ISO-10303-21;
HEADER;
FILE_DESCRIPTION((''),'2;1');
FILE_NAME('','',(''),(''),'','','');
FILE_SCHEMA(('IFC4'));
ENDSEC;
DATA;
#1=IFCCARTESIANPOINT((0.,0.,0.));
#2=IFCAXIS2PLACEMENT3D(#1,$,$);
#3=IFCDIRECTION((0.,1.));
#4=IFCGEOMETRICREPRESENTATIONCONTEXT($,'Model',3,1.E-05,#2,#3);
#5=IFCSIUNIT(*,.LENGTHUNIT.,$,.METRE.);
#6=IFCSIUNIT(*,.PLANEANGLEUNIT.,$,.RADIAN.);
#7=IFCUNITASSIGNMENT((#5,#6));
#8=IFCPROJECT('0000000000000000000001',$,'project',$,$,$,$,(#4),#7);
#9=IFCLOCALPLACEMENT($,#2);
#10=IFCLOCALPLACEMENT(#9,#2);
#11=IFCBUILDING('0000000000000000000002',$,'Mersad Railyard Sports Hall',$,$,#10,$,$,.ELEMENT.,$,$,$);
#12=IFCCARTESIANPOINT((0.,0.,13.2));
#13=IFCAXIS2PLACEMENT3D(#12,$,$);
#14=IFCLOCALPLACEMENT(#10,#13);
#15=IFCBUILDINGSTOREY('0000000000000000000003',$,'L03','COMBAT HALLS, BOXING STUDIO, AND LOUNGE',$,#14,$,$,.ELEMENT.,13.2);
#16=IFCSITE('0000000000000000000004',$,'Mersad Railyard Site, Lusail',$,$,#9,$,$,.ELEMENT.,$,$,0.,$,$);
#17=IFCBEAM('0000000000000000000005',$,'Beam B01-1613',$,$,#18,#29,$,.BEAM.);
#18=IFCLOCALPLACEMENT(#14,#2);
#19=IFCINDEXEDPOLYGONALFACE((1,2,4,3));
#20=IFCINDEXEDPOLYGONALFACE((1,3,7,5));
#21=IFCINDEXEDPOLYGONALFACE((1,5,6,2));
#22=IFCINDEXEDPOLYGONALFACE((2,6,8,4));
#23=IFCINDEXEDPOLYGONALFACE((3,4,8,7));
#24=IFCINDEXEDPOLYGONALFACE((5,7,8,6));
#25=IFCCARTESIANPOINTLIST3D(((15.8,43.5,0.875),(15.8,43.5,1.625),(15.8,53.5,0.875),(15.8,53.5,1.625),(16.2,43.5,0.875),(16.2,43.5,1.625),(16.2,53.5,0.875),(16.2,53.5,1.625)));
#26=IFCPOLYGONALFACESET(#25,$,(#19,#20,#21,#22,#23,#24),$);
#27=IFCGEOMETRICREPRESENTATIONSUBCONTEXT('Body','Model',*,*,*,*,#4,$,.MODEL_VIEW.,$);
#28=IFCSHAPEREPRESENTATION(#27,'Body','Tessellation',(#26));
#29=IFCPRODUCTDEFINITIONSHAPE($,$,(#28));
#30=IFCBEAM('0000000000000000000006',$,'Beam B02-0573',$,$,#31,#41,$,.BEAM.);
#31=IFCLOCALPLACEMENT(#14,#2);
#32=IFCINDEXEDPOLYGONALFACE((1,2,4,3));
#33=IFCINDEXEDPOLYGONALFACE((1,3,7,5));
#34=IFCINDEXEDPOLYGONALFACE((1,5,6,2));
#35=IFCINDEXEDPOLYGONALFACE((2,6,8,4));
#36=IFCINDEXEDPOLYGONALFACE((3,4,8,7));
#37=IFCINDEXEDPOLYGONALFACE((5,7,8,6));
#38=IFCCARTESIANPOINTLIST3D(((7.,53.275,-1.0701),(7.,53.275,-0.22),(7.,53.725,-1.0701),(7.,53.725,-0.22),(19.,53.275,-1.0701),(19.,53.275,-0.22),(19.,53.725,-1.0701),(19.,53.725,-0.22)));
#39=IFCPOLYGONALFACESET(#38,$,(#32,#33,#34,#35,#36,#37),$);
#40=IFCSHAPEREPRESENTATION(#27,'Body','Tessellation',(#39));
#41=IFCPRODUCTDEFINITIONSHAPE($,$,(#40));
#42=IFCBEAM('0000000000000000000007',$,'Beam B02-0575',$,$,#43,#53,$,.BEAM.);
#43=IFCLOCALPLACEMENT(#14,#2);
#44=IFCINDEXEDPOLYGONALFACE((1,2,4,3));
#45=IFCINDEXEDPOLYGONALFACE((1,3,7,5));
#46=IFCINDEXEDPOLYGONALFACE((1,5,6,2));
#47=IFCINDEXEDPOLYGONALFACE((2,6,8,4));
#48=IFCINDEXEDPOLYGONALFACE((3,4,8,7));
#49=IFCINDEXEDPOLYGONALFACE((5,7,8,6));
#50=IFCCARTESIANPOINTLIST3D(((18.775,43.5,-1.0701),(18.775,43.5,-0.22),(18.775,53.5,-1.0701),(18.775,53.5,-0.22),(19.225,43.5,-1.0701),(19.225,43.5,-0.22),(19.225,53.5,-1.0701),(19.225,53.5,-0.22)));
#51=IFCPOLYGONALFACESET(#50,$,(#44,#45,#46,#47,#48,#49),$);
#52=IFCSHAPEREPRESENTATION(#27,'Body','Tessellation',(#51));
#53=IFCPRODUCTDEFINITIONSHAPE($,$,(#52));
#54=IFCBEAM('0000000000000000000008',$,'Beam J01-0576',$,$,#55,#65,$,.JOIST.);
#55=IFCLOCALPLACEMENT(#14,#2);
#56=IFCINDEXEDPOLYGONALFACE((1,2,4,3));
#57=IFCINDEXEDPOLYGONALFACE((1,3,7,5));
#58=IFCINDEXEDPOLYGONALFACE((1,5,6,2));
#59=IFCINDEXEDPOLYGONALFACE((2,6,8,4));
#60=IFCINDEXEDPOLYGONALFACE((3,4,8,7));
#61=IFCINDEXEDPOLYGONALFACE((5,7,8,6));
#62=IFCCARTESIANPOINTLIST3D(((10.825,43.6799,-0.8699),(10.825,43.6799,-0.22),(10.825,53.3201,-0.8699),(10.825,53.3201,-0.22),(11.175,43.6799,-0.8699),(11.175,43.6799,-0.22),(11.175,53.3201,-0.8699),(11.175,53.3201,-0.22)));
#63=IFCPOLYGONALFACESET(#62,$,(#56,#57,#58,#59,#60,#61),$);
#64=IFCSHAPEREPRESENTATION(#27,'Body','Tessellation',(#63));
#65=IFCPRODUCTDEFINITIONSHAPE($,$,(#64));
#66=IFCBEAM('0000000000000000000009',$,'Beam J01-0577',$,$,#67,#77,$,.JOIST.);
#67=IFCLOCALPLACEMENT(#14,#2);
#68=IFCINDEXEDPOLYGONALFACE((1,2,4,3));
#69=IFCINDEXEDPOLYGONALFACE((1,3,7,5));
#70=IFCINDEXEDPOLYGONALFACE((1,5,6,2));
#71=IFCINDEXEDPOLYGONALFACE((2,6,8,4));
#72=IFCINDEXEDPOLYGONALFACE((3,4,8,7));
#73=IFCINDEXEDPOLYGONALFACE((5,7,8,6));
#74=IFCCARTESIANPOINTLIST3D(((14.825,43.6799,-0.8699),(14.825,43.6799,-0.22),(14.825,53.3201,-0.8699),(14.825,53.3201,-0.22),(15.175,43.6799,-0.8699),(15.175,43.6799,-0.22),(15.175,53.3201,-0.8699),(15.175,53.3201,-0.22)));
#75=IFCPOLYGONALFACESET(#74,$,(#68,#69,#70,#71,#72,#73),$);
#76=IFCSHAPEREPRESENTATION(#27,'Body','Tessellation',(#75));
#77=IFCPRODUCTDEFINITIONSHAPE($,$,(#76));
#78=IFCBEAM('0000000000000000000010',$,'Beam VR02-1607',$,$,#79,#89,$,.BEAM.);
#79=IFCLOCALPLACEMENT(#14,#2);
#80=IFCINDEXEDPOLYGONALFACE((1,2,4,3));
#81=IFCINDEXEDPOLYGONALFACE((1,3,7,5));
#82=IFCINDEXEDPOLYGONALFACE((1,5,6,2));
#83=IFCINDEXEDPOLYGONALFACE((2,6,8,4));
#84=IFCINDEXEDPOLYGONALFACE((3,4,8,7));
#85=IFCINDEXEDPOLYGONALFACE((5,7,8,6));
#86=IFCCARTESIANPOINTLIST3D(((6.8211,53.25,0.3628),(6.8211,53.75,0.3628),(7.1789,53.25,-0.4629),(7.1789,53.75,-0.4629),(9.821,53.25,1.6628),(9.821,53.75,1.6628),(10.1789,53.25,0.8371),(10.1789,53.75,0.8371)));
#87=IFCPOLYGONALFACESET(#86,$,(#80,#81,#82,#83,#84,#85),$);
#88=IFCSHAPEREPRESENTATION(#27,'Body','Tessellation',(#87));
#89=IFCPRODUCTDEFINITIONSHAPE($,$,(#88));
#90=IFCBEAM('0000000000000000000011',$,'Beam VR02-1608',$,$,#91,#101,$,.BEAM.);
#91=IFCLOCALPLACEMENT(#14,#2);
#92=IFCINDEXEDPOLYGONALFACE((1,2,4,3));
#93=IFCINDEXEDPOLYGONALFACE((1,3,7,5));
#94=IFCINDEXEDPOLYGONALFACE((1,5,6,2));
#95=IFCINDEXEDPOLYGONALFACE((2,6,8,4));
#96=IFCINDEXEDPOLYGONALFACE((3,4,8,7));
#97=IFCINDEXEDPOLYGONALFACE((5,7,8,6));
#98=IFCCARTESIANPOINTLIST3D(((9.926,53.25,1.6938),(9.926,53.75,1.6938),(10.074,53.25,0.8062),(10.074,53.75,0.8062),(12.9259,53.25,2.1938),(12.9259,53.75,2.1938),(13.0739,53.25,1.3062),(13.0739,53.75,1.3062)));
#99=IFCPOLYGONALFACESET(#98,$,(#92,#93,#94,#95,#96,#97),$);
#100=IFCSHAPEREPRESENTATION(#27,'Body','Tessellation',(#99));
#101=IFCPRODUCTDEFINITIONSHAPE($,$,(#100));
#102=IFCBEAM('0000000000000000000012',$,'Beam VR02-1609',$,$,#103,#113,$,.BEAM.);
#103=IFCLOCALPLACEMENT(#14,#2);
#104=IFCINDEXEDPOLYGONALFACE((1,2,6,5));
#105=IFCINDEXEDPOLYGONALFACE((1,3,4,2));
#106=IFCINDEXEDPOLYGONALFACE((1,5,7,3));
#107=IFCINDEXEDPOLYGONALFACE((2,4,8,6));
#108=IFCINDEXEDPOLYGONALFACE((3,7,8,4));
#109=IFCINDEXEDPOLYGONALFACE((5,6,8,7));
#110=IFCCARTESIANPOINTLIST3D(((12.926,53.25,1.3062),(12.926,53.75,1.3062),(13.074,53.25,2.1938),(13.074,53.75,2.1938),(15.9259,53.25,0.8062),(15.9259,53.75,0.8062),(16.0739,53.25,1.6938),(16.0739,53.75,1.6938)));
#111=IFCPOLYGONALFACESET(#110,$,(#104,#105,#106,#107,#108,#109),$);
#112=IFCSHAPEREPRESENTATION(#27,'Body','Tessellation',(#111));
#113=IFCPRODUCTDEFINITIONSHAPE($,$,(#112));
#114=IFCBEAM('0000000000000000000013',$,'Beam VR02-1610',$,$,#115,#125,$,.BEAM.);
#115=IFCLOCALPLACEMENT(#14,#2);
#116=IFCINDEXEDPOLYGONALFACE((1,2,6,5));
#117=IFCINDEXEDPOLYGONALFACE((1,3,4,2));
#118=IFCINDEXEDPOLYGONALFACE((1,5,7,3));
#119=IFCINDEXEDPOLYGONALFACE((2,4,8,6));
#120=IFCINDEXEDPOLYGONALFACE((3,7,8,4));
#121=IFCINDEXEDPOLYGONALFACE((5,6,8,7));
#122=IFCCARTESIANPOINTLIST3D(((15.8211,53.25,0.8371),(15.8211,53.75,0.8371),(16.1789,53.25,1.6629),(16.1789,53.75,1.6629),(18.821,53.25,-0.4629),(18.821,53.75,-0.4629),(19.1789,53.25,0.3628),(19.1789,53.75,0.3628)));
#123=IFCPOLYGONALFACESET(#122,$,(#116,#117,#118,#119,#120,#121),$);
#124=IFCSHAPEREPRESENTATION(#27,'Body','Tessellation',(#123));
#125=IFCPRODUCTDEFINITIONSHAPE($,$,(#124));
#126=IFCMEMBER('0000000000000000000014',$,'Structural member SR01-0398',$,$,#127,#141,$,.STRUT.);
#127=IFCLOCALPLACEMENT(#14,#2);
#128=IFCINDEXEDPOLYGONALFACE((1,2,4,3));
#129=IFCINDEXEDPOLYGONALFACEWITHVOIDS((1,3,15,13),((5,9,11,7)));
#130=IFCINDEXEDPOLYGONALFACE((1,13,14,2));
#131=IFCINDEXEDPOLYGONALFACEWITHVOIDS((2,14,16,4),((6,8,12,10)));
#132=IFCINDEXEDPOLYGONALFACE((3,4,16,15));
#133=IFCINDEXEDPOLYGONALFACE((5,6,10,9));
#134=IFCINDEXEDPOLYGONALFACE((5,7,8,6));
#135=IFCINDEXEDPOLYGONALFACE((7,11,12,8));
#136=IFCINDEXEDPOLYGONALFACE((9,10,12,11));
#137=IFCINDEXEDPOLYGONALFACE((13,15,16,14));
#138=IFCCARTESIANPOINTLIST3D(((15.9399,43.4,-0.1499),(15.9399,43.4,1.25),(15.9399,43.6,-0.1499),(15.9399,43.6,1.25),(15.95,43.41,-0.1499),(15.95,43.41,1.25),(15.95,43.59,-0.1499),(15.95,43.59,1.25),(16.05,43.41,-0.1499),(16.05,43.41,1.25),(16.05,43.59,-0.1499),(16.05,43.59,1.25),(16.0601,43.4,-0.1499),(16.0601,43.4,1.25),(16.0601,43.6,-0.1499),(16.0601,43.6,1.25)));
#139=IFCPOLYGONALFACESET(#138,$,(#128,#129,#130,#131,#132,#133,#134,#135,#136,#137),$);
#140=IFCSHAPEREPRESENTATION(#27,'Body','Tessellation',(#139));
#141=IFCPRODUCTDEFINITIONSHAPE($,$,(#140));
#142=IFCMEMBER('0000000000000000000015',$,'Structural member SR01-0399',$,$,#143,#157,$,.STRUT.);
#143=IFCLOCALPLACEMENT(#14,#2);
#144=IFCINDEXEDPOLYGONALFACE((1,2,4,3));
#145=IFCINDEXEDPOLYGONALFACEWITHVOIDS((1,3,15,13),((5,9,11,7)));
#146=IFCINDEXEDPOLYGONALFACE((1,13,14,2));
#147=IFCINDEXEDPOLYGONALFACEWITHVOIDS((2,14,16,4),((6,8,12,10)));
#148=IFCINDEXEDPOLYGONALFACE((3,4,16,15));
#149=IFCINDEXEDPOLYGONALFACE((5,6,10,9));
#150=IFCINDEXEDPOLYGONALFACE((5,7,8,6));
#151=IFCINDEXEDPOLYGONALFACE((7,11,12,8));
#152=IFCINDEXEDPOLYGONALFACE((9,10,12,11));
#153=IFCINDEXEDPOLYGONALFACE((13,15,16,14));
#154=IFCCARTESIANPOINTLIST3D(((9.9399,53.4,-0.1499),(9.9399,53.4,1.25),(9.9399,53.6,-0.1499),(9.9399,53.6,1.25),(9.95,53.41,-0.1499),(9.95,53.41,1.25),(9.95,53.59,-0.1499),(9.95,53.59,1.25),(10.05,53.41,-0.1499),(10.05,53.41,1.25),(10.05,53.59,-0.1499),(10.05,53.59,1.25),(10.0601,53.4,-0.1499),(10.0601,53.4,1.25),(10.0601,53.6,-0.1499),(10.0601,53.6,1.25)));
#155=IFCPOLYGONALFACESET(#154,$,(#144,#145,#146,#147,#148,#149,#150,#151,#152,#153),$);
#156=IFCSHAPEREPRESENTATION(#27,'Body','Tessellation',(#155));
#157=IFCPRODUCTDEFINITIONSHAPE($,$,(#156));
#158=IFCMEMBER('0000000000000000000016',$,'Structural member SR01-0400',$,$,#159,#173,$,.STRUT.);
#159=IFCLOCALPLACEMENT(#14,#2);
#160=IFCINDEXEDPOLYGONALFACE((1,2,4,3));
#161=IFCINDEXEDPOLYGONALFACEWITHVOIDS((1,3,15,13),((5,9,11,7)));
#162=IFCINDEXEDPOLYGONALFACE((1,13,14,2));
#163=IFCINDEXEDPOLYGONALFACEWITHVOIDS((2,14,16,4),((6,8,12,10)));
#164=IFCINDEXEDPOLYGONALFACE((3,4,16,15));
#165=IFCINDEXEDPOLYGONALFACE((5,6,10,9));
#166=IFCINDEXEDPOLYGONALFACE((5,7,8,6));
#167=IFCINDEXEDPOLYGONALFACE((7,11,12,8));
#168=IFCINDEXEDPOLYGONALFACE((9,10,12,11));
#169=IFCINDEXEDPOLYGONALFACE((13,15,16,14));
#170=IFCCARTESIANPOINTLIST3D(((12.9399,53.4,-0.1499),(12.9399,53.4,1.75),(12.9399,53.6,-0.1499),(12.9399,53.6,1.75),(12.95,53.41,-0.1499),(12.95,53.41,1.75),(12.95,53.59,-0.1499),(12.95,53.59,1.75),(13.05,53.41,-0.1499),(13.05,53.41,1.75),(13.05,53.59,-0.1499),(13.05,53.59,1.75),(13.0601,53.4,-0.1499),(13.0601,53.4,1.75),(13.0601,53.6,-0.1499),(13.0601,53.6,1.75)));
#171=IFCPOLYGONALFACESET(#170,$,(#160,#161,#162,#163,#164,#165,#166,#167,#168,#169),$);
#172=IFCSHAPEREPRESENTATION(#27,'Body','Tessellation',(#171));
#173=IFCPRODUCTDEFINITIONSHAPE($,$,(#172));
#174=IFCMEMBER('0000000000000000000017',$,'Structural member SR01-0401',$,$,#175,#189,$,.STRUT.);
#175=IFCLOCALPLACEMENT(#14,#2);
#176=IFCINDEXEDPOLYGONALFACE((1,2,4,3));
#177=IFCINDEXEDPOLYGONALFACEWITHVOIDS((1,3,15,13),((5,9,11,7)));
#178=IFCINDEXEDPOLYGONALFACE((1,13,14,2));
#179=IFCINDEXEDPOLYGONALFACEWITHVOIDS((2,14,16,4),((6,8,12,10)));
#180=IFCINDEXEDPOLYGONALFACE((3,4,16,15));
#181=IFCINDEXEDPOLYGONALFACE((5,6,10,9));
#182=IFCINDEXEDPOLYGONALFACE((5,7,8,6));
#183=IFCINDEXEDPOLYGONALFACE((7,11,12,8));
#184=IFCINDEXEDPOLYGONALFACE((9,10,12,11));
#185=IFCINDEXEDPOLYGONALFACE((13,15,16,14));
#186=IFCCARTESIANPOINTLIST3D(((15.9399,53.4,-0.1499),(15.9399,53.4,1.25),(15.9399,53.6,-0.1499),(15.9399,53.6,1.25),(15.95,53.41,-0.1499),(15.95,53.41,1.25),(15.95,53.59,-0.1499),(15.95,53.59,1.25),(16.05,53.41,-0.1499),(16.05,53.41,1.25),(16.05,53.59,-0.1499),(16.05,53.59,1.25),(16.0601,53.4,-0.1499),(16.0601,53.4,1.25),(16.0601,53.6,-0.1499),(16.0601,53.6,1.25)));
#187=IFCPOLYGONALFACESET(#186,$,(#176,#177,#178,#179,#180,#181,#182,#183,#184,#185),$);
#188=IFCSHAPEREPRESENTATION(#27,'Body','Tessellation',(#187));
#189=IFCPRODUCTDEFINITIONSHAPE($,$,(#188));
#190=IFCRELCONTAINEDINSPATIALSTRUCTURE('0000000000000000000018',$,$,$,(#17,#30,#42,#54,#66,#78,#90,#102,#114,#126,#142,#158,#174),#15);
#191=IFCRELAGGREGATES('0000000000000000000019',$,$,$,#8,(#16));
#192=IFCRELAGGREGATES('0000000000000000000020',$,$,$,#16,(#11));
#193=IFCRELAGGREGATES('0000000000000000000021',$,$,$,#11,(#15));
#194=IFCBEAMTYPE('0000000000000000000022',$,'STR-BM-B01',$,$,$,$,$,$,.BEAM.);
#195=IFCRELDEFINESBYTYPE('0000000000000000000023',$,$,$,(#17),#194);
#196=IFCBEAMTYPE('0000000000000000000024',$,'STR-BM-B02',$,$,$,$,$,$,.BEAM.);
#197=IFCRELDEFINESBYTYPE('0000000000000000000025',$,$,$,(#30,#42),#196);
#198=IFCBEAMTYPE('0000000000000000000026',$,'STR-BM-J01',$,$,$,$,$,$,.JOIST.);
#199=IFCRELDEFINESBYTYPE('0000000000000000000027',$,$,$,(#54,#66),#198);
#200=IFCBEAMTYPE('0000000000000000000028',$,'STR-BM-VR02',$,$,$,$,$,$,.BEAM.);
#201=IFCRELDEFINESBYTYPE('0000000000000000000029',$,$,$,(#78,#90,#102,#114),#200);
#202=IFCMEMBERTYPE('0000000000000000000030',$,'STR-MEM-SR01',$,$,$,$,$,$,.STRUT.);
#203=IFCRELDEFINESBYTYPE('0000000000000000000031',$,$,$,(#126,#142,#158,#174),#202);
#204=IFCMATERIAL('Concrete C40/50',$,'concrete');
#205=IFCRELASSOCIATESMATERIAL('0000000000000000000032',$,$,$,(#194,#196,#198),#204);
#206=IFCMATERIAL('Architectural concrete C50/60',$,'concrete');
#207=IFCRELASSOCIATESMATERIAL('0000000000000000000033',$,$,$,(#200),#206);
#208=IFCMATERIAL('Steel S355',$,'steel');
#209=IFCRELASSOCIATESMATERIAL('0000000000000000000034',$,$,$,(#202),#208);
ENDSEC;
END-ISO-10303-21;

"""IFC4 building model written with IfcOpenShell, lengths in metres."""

from ifc_helpers import new_model, si_unit, direction, frame, origin, origin_2d, place, context, subcontext, project, spatial, rectangle, hollow_rectangle, extrude, material, material_profile, profile_set, type_object, element, save


model = new_model("IFC4")

# Units and contexts
model_context = context("Model", 3, precision=1e-05, world=origin(), true_north=direction((0.0, 1.0)))
body_context = subcontext(model_context, "Body", "Model", "MODEL_VIEW")
ifc_project = project(units=[si_unit("LENGTHUNIT", "METRE"), si_unit("PLANEANGLEUNIT", "RADIAN")], contexts=[model_context])

# Site, building, storey
site_placement = place(None, origin())
site = spatial("IfcSite", under=ifc_project, at=site_placement, Name="Mersad Railyard Site, Lusail", CompositionType="ELEMENT", RefElevation=0.0)
building_placement = place(site_placement, origin())
building = spatial("IfcBuilding", under=site, at=building_placement, Name="Mersad Railyard Sports Hall", CompositionType="ELEMENT")
storey_placement = place(building_placement, frame((0.0, 0.0, 13.2)))
storey = spatial("IfcBuildingStorey", under=building, at=storey_placement, Name="L03", Description="COMBAT HALLS, BOXING STUDIO, AND LOUNGE", CompositionType="ELEMENT", Elevation=13.2)

# Beams
ifc_material_1 = material(Name="Concrete C40/50", Category="concrete")
ifc_material_profile_1 = material_profile(ifc_material_1, rectangle(XDim=0.3999, YDim=0.75, at=origin_2d()), Name="RC 400x750")
ifc_profile_set_1 = profile_set([ifc_material_profile_1], Name="Concrete C40/50")
beam_type_1 = type_object("IfcBeamType", Name="STR-BM-B01", PredefinedType="BEAM", material=ifc_profile_set_1)
beam_1_placement = place(storey_placement, frame((16.0, 43.5, 1.25), z_axis=(0.0, 1.0, 0.0), x_axis=(-1.0, 0.0, 0.0)))
element("IfcBeam", 1, at=beam_1_placement, inside=storey, type_object=beam_type_1, Name="Beam B01-1613", PredefinedType="BEAM", context=body_context, shape_type="SweptSolid", body=[
    extrude(rectangle(XDim=0.3999, YDim=0.75, at=origin_2d()), origin(), (0.0, 0.0, 1.0), 10.0),
])
ifc_material_profile_2 = material_profile(ifc_material_1, rectangle(XDim=0.45, YDim=0.8501, at=origin_2d()), Name="RC 450x850")
ifc_profile_set_2 = profile_set([ifc_material_profile_2], Name="Concrete C40/50")
beam_type_2 = type_object("IfcBeamType", Name="STR-BM-B02", PredefinedType="BEAM", material=ifc_profile_set_2)
beam_2_placement = place(storey_placement, frame((7.0, 53.5, -0.645), z_axis=(1.0, 0.0, 0.0), x_axis=(0.0, 1.0, 0.0)))
element("IfcBeam", 2, at=beam_2_placement, inside=storey, type_object=beam_type_2, Name="Beam B02-0573", PredefinedType="BEAM", context=body_context, shape_type="SweptSolid", body=[
    extrude(rectangle(XDim=0.45, YDim=0.8501, at=origin_2d()), origin(), (0.0, 0.0, 1.0), 12.0),
])
beam_3_placement = place(storey_placement, frame((19.0, 43.5, -0.645), z_axis=(0.0, 1.0, 0.0), x_axis=(-1.0, 0.0, 0.0)))
element("IfcBeam", 3, at=beam_3_placement, inside=storey, type_object=beam_type_2, Name="Beam B02-0575", PredefinedType="BEAM", context=body_context, shape_type="SweptSolid", body=[
    extrude(rectangle(XDim=0.45, YDim=0.8501, at=origin_2d()), origin(), (0.0, 0.0, 1.0), 10.0),
])
ifc_material_profile_3 = material_profile(ifc_material_1, rectangle(XDim=0.3501, YDim=0.6499, at=origin_2d()), Name="RC 350x650")
ifc_profile_set_3 = profile_set([ifc_material_profile_3], Name="Concrete C40/50")
beam_type_3 = type_object("IfcBeamType", Name="STR-BM-J01", PredefinedType="JOIST", material=ifc_profile_set_3)
for number, where, z_axis, x_axis, name in (
    (4, (11.0, 43.6799, -0.5449), (0.0, 1.0, 0.0), (-1.0, 0.0, 0.0), "Beam J01-0576"),
    (5, (15.0, 43.6799, -0.5449), (0.0, 1.0, 0.0), (-1.0, 0.0, 0.0), "Beam J01-0577"),
):
    element("IfcBeam", number, at=place(storey_placement, frame(where, z_axis=z_axis, x_axis=x_axis)), inside=storey, type_object=beam_type_3, Name=name, PredefinedType="JOIST", context=body_context, shape_type="SweptSolid", body=[
        extrude(rectangle(XDim=0.3501, YDim=0.6499, at=origin_2d()), origin(), (0.0, 0.0, 1.0), 9.6401),
    ])
ifc_material_2 = material(Name="Architectural concrete C50/60", Category="concrete")
ifc_material_profile_4 = material_profile(ifc_material_2, rectangle(XDim=0.5, YDim=0.8999, at=origin_2d()), Name="VR 500x900")
ifc_profile_set_4 = profile_set([ifc_material_profile_4], Name="Architectural concrete C50/60")
beam_type_4 = type_object("IfcBeamType", Name="STR-BM-VR02", PredefinedType="BEAM", material=ifc_profile_set_4)
beam_4_placement = place(storey_placement, frame((7.0, 53.5, -0.05), z_axis=(0.91755, 0.0, 0.39762), x_axis=(0.0, 1.0, 0.0)))
element("IfcBeam", 6, at=beam_4_placement, inside=storey, type_object=beam_type_4, Name="Beam VR02-1607", PredefinedType="BEAM", context=body_context, shape_type="SweptSolid", body=[
    extrude(rectangle(XDim=0.5, YDim=0.8999, at=origin_2d()), origin(), (0.0, 0.0, 1.0), 3.2695),
])
for number, where, z_axis, x_axis, name in (
    (7, (10.0, 53.5, 1.25), (0.986394, 0.0, 0.164399), (0.0, 1.0, 0.0), "Beam VR02-1608"),
    (8, (13.0, 53.5, 1.75), (0.986394, 0.0, -0.164399), (0.0, 1.0, 0.0), "Beam VR02-1609"),
):
    element("IfcBeam", number, at=place(storey_placement, frame(where, z_axis=z_axis, x_axis=x_axis)), inside=storey, type_object=beam_type_4, Name=name, PredefinedType="BEAM", context=body_context, shape_type="SweptSolid", body=[
        extrude(rectangle(XDim=0.5, YDim=0.8999, at=origin_2d()), origin(), (0.0, 0.0, 1.0), 3.0413),
    ])
beam_5_placement = place(storey_placement, frame((16.0, 53.5, 1.25), z_axis=(0.91755, 0.0, -0.39762), x_axis=(0.0, 1.0, 0.0)))
element("IfcBeam", 9, at=beam_5_placement, inside=storey, type_object=beam_type_4, Name="Beam VR02-1610", PredefinedType="BEAM", context=body_context, shape_type="SweptSolid", body=[
    extrude(rectangle(XDim=0.5, YDim=0.8999, at=origin_2d()), origin(), (0.0, 0.0, 1.0), 3.2695),
])

# Members
ifc_material_3 = material(Name="Steel S355", Category="steel")
ifc_material_profile_5 = material_profile(ifc_material_3, hollow_rectangle(XDim=0.1201, YDim=0.2, WallThickness=0.01, at=origin_2d()), Name="RHS 200x120x10")
ifc_profile_set_5 = profile_set([ifc_material_profile_5], Name="Steel S355")
member_type = type_object("IfcMemberType", Name="STR-MEM-SR01", PredefinedType="STRUT", material=ifc_profile_set_5)
for number, where, z_axis, x_axis, name in (
    (10, (16.0, 43.5, -0.1499), (0.0, 0.0, 1.0), (1.0, 0.0, 0.0), "Structural member SR01-0398"),
    (11, (10.0, 53.5, -0.1499), (0.0, 0.0, 1.0), (1.0, 0.0, 0.0), "Structural member SR01-0399"),
):
    element("IfcMember", number, at=place(storey_placement, frame(where, z_axis=z_axis, x_axis=x_axis)), inside=storey, type_object=member_type, Name=name, PredefinedType="STRUT", context=body_context, shape_type="SweptSolid", body=[
        extrude(hollow_rectangle(XDim=0.1201, YDim=0.2, WallThickness=0.01, at=origin_2d()), origin(), (0.0, 0.0, 1.0), 1.3999),
    ])
member_1_placement = place(storey_placement, frame((13.0, 53.5, -0.1499), z_axis=(0.0, 0.0, 1.0), x_axis=(1.0, 0.0, 0.0)))
element("IfcMember", 12, at=member_1_placement, inside=storey, type_object=member_type, Name="Structural member SR01-0400", PredefinedType="STRUT", context=body_context, shape_type="SweptSolid", body=[
    extrude(hollow_rectangle(XDim=0.1201, YDim=0.2, WallThickness=0.01, at=origin_2d()), origin(), (0.0, 0.0, 1.0), 1.8999),
])
member_2_placement = place(storey_placement, frame((16.0, 53.5, -0.1499), z_axis=(0.0, 0.0, 1.0), x_axis=(1.0, 0.0, 0.0)))
element("IfcMember", 13, at=member_2_placement, inside=storey, type_object=member_type, Name="Structural member SR01-0401", PredefinedType="STRUT", context=body_context, shape_type="SweptSolid", body=[
    extrude(hollow_rectangle(XDim=0.1201, YDim=0.2, WallThickness=0.01, at=origin_2d()), origin(), (0.0, 0.0, 1.0), 1.3999),
])

save(model, "model.ifc")
